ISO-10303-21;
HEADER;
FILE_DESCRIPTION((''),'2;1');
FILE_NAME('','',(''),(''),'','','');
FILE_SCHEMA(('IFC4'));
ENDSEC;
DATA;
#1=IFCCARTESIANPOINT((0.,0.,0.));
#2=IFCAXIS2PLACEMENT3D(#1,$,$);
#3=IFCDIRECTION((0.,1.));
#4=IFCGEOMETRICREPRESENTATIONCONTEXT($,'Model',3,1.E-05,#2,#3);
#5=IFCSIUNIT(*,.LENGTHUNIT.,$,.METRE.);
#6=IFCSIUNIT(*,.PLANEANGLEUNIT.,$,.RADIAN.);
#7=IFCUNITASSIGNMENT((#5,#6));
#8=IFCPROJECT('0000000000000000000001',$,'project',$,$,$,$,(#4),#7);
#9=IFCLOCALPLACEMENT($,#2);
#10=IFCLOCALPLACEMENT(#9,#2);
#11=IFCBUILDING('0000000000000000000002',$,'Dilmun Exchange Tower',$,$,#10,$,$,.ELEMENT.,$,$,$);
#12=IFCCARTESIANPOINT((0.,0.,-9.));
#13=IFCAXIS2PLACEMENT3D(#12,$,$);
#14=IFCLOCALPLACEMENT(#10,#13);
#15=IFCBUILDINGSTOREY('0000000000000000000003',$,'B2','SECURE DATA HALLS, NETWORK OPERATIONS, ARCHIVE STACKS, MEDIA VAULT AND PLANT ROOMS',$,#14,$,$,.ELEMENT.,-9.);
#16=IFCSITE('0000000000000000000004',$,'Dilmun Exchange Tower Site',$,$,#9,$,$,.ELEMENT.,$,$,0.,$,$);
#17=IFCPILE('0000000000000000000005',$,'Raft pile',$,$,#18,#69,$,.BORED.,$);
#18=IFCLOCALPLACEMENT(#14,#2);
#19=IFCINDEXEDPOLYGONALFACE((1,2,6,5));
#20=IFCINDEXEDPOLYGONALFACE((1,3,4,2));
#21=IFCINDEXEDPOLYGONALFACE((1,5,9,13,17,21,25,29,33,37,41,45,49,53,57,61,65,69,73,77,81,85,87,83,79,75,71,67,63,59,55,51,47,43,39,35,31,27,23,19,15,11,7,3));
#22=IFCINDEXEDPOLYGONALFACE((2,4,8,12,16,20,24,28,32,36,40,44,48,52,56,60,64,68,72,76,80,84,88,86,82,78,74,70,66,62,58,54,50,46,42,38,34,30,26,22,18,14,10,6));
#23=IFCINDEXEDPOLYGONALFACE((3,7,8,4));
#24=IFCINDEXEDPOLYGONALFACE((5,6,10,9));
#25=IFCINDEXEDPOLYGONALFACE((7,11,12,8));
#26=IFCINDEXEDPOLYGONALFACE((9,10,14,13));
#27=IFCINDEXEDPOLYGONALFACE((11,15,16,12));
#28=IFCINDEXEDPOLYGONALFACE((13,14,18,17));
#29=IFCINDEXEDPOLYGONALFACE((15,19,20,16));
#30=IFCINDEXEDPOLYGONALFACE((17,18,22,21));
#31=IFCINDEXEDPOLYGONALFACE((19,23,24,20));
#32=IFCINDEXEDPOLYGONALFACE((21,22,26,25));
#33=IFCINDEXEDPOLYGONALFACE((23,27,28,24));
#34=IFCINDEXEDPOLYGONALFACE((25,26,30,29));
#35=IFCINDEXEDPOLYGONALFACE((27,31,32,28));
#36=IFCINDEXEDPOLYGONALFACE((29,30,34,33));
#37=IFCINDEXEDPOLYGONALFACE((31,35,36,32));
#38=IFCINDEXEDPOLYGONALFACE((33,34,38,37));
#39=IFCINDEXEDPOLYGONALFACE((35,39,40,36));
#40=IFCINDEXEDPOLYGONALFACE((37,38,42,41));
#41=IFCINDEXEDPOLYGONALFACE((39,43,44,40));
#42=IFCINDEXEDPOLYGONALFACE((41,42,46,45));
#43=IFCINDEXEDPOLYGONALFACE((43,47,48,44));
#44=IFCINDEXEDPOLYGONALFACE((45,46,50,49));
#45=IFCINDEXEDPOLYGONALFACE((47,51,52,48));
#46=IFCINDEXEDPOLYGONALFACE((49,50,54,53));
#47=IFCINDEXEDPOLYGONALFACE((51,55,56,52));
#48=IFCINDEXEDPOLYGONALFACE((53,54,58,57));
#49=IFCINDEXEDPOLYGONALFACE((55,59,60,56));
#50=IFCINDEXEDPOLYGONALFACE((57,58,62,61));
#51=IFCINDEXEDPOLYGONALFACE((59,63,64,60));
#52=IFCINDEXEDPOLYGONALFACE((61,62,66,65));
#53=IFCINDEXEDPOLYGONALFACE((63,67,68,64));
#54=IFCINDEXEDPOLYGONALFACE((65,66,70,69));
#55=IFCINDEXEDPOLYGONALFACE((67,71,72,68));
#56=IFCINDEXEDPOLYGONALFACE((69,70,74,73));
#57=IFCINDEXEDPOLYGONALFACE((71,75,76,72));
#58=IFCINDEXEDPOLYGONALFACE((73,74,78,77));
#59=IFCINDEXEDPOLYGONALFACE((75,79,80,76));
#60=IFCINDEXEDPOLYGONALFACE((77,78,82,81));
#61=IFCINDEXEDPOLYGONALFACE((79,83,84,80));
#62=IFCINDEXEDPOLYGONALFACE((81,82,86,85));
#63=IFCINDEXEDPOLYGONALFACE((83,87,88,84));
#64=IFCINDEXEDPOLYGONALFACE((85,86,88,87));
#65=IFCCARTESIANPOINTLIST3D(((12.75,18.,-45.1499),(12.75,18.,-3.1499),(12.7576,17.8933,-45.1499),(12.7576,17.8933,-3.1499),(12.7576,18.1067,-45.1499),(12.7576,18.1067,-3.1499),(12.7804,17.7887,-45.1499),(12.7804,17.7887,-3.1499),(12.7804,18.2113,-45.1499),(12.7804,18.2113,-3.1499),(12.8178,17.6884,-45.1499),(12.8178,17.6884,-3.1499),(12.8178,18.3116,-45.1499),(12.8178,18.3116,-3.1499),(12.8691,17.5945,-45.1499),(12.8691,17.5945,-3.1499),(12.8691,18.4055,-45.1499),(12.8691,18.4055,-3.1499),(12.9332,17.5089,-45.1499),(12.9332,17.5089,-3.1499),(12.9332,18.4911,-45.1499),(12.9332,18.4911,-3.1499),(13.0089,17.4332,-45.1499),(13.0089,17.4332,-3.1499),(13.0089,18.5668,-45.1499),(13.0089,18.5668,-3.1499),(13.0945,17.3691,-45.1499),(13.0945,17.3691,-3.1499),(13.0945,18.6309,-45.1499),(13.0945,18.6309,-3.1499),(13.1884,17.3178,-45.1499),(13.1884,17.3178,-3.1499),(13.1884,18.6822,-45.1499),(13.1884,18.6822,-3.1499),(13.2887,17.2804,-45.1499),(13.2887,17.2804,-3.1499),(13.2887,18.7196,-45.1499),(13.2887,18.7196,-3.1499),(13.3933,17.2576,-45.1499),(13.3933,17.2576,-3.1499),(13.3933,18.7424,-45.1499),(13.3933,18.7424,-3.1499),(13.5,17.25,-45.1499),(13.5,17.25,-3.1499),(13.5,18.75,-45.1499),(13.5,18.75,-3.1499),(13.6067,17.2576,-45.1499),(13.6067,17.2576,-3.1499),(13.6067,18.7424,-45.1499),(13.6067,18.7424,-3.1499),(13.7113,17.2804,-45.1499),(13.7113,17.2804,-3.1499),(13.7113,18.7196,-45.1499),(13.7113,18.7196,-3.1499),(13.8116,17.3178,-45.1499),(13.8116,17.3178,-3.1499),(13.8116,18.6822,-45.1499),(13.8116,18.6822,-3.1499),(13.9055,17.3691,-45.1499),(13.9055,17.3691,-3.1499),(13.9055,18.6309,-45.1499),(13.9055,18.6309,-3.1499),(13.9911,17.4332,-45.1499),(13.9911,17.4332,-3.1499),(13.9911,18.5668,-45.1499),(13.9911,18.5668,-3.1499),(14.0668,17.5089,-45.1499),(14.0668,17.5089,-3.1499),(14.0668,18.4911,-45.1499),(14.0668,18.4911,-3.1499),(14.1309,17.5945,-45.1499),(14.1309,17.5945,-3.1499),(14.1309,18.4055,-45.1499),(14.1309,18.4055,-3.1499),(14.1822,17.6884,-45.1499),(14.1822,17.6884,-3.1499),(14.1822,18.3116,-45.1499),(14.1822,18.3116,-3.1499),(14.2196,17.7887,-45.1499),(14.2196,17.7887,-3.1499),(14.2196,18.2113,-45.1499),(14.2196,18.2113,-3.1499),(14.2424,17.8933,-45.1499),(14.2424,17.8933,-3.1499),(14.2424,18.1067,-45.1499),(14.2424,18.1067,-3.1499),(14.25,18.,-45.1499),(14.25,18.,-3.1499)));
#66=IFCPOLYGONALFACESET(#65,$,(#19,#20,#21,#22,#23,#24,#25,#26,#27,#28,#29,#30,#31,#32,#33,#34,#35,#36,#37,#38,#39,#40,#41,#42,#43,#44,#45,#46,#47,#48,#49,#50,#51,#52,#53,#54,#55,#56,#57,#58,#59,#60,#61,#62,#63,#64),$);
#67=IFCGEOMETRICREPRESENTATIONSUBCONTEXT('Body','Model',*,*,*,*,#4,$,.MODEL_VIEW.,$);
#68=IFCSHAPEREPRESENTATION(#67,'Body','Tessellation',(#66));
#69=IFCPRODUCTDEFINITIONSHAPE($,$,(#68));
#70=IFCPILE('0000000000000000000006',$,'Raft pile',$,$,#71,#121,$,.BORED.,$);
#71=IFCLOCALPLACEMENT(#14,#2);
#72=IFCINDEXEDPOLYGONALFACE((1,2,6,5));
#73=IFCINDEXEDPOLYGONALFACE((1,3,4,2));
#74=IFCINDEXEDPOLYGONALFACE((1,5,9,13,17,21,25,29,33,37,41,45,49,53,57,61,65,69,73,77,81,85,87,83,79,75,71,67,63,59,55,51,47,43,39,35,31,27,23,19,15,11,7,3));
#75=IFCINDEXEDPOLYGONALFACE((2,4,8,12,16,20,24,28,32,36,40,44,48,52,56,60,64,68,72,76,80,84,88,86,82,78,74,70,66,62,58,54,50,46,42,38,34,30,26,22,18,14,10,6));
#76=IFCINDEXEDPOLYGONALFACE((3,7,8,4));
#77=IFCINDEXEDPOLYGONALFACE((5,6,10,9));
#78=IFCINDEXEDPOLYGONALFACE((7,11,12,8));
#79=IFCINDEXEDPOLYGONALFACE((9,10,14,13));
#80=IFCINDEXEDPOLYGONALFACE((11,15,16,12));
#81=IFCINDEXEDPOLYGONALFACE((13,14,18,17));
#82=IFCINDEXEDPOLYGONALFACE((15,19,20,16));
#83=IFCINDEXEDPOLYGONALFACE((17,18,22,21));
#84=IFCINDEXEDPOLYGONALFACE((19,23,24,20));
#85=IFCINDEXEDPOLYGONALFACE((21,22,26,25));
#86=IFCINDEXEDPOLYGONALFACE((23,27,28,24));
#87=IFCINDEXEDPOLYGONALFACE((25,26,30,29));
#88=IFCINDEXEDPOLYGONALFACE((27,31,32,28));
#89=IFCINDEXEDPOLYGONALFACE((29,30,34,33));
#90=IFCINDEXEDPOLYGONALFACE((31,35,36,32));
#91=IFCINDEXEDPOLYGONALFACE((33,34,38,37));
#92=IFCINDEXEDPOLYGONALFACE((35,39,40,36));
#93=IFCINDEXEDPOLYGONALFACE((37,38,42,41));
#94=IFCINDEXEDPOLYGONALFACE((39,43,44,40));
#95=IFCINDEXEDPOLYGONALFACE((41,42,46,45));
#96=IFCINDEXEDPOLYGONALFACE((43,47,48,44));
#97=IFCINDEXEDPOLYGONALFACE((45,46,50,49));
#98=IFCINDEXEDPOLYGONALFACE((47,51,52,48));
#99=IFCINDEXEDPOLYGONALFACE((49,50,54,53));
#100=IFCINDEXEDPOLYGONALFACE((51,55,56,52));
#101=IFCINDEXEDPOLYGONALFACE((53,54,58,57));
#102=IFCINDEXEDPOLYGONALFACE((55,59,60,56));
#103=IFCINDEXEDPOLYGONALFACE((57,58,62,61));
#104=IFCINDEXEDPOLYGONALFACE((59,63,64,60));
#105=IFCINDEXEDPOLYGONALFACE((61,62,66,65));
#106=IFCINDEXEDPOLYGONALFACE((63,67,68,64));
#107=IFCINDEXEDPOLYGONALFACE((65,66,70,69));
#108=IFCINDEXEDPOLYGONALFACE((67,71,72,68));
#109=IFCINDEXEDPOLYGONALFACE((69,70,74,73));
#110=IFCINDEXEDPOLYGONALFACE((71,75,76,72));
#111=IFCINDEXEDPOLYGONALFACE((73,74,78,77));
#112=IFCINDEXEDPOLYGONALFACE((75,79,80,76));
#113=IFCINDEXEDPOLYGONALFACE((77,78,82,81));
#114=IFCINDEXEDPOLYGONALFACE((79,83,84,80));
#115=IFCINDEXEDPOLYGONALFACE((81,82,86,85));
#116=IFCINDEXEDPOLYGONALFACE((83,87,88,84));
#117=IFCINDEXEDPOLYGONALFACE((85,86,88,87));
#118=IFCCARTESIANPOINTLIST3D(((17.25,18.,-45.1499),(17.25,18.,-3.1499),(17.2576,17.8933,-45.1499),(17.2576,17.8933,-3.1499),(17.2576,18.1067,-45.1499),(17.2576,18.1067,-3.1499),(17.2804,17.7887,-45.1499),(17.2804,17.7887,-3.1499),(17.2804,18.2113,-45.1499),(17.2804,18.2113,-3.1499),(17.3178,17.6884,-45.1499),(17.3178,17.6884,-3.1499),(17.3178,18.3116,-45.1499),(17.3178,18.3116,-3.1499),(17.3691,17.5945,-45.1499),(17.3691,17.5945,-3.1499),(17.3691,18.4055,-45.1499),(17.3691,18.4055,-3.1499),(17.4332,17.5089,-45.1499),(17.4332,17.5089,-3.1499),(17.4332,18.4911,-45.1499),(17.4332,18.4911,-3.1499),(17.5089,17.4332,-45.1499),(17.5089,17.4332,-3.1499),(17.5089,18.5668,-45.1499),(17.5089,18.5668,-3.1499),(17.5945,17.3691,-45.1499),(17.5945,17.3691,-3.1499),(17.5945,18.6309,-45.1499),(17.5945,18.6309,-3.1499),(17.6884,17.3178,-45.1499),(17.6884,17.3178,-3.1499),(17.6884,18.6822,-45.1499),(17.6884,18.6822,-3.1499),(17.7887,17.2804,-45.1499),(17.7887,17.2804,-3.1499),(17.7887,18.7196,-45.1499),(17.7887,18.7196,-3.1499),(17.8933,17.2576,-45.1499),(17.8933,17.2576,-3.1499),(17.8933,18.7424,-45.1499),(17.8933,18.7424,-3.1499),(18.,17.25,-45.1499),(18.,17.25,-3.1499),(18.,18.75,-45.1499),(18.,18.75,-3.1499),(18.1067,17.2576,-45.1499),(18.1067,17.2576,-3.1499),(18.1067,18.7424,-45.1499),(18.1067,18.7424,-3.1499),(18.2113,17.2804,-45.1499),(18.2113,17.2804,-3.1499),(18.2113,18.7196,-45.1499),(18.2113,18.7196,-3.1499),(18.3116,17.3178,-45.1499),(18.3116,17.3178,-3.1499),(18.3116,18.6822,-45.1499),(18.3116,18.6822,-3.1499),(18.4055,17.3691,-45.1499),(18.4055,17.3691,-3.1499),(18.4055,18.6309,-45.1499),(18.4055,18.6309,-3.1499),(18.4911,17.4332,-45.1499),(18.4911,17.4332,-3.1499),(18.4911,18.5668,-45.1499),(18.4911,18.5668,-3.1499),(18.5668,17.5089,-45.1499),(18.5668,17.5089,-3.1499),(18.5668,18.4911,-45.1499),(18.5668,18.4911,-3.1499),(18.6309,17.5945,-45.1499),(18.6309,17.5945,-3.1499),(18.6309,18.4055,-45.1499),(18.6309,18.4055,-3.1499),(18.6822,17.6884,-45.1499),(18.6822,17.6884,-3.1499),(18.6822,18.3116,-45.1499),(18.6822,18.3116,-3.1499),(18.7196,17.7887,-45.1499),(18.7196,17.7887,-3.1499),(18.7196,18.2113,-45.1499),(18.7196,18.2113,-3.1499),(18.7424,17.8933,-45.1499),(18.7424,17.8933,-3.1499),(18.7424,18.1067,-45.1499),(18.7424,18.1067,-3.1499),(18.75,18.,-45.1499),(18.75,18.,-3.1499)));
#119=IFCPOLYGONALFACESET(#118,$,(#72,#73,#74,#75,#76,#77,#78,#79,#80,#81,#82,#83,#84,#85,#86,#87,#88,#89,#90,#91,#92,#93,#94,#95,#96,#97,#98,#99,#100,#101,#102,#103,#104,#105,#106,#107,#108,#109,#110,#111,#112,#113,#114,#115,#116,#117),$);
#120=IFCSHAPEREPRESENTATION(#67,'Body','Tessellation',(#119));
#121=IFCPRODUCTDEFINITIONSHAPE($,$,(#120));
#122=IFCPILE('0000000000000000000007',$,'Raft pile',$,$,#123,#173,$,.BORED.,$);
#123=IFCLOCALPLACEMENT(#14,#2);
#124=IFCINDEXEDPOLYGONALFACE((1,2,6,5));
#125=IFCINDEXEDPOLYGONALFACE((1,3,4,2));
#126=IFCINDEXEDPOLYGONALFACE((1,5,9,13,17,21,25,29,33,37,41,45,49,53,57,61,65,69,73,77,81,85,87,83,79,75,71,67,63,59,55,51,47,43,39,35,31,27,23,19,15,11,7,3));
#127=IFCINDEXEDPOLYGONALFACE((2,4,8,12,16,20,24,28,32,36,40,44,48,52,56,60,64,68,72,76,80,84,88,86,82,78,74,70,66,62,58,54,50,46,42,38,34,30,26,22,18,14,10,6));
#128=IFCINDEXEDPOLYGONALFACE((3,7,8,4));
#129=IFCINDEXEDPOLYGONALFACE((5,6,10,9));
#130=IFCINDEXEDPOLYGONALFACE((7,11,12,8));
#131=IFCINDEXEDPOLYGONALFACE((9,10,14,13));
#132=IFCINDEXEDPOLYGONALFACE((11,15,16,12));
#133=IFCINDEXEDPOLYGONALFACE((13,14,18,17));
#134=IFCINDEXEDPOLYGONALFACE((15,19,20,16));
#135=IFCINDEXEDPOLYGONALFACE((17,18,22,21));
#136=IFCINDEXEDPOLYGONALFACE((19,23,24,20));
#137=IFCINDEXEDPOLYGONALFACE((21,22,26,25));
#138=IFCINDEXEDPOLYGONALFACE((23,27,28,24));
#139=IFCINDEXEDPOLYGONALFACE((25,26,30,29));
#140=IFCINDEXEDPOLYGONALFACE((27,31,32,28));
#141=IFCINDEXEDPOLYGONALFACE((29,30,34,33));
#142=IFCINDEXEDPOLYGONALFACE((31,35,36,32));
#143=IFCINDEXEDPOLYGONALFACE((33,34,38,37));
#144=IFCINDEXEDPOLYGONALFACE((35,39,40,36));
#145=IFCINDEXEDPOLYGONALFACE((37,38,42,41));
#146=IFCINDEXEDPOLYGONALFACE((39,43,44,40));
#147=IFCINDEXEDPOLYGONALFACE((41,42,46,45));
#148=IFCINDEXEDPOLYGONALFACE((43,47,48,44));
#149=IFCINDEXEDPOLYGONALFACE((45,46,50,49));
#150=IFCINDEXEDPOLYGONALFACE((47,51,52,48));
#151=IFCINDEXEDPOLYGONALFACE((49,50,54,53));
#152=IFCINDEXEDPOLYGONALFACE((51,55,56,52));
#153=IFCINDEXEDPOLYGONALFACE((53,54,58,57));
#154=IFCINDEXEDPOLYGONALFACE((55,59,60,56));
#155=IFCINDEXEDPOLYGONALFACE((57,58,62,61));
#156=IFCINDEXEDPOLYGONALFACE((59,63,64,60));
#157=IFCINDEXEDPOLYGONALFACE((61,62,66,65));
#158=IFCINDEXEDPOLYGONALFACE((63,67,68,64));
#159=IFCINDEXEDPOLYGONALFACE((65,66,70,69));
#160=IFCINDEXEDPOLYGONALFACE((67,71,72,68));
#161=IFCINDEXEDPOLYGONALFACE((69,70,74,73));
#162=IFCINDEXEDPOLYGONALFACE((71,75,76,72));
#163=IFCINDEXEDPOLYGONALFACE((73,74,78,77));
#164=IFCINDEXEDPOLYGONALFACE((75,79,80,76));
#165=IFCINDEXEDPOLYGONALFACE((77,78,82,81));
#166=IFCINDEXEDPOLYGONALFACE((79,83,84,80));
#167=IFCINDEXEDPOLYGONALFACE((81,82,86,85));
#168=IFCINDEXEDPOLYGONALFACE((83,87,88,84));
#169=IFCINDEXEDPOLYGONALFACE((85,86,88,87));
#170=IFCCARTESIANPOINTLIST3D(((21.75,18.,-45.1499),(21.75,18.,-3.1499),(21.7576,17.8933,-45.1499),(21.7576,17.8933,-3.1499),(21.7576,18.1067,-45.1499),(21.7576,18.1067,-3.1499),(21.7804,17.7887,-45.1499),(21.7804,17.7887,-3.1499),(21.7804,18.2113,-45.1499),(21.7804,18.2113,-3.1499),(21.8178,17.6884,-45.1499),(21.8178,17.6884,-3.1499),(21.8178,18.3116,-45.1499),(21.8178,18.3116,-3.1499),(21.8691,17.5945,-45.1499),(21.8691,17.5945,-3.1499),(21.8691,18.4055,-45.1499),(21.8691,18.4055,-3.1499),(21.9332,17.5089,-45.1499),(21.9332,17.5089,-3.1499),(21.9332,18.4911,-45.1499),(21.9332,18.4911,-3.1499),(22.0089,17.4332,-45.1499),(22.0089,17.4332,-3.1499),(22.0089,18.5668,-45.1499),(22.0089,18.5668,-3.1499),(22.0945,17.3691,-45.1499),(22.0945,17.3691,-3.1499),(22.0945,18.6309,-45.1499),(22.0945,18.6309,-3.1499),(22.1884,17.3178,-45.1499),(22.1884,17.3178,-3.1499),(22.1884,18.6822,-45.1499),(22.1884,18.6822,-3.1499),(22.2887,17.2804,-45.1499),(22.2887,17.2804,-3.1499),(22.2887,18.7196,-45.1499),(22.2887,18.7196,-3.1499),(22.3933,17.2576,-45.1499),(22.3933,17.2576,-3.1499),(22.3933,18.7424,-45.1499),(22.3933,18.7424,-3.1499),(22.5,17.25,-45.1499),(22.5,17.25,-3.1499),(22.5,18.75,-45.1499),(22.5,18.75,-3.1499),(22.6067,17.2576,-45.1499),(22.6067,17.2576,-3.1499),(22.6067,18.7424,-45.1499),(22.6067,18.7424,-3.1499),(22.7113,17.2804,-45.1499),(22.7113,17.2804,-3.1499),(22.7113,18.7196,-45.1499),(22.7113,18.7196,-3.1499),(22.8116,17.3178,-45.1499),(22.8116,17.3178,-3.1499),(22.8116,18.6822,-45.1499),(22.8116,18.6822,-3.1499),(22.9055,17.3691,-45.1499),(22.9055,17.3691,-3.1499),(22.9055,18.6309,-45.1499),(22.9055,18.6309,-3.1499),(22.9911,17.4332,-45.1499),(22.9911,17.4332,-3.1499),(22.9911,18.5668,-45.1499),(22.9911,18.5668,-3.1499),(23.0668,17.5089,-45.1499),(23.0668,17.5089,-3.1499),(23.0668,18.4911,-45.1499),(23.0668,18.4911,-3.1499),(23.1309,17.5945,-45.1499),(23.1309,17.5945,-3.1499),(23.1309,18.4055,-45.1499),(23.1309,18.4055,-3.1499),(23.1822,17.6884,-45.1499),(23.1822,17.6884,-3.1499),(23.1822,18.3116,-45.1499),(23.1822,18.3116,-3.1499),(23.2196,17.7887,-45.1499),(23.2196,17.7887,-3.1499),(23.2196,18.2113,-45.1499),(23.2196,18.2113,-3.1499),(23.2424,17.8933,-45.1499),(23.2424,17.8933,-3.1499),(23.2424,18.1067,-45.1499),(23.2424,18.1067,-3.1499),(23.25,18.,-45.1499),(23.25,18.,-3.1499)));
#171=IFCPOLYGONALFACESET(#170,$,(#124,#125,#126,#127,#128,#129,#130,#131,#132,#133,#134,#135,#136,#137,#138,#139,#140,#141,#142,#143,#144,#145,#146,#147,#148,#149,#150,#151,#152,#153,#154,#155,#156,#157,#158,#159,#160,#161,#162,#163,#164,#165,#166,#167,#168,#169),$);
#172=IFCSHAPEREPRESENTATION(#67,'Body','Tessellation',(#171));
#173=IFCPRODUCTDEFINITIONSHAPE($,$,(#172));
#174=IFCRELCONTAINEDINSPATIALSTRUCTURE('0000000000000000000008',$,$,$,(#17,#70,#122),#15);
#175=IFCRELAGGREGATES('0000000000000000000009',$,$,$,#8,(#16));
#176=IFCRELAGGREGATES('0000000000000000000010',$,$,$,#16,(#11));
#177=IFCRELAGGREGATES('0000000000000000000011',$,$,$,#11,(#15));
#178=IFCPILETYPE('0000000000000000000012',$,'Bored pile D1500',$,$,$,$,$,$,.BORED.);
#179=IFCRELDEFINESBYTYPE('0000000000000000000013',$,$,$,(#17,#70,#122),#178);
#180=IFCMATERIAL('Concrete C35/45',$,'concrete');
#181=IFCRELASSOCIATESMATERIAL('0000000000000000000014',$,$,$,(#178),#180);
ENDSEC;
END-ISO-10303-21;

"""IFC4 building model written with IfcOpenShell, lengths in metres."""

from ifc_helpers import new_model, si_unit, direction, frame, origin, origin_2d, place, context, subcontext, project, spatial, circle, extrude, material, material_profile, profile_set, type_object, element, save


model = new_model("IFC4")

# Units and contexts
model_context = context("Model", 3, precision=1e-05, world=origin(), true_north=direction((0.0, 1.0)))
body_context = subcontext(model_context, "Body", "Model", "MODEL_VIEW")
ifc_project = project(units=[si_unit("LENGTHUNIT", "METRE"), si_unit("PLANEANGLEUNIT", "RADIAN")], contexts=[model_context])

# Site, building, storey
site_placement = place(None, origin())
site = spatial("IfcSite", under=ifc_project, at=site_placement, Name="Dilmun Exchange Tower Site", CompositionType="ELEMENT", RefElevation=0.0)
building_placement = place(site_placement, origin())
building = spatial("IfcBuilding", under=site, at=building_placement, Name="Dilmun Exchange Tower", CompositionType="ELEMENT")
storey_placement = place(building_placement, frame((0.0, 0.0, -9.0)))
storey = spatial("IfcBuildingStorey", under=building, at=storey_placement, Name="B2", Description="SECURE DATA HALLS, NETWORK OPERATIONS, ARCHIVE STACKS, MEDIA VAULT AND PLANT ROOMS", CompositionType="ELEMENT", Elevation=-9.0)

# Piles
ifc_material_1 = material(Name="Concrete C35/45", Category="concrete")
ifc_material_profile_1 = material_profile(ifc_material_1, circle(Radius=0.75, at=origin_2d()), Name="D1500")
ifc_profile_set_1 = profile_set([ifc_material_profile_1], Name="Concrete C35/45")
pile_type = type_object("IfcPileType", Name="Bored pile D1500", PredefinedType="BORED", material=ifc_profile_set_1)
for number, where, z_axis, x_axis, name in (
    (1, (13.5, 18.0, -3.1499), (0.0, 0.0, -1.0), (1.0, 0.0, 0.0), "Raft pile"),
    (2, (18.0, 18.0, -3.1499), (0.0, 0.0, -1.0), (1.0, 0.0, 0.0), "Raft pile"),
    (3, (22.5, 18.0, -3.1499), (0.0, 0.0, -1.0), (1.0, 0.0, 0.0), "Raft pile"),
):
    element("IfcPile", number, at=place(storey_placement, frame(where, z_axis=z_axis, x_axis=x_axis)), inside=storey, type_object=pile_type, Name=name, PredefinedType="BORED", context=body_context, shape_type="SweptSolid", body=[
        extrude(circle(Radius=0.75, at=origin_2d()), origin(), (0.0, 0.0, 1.0), 42.0),
    ])

save(model, "model.ifc")
